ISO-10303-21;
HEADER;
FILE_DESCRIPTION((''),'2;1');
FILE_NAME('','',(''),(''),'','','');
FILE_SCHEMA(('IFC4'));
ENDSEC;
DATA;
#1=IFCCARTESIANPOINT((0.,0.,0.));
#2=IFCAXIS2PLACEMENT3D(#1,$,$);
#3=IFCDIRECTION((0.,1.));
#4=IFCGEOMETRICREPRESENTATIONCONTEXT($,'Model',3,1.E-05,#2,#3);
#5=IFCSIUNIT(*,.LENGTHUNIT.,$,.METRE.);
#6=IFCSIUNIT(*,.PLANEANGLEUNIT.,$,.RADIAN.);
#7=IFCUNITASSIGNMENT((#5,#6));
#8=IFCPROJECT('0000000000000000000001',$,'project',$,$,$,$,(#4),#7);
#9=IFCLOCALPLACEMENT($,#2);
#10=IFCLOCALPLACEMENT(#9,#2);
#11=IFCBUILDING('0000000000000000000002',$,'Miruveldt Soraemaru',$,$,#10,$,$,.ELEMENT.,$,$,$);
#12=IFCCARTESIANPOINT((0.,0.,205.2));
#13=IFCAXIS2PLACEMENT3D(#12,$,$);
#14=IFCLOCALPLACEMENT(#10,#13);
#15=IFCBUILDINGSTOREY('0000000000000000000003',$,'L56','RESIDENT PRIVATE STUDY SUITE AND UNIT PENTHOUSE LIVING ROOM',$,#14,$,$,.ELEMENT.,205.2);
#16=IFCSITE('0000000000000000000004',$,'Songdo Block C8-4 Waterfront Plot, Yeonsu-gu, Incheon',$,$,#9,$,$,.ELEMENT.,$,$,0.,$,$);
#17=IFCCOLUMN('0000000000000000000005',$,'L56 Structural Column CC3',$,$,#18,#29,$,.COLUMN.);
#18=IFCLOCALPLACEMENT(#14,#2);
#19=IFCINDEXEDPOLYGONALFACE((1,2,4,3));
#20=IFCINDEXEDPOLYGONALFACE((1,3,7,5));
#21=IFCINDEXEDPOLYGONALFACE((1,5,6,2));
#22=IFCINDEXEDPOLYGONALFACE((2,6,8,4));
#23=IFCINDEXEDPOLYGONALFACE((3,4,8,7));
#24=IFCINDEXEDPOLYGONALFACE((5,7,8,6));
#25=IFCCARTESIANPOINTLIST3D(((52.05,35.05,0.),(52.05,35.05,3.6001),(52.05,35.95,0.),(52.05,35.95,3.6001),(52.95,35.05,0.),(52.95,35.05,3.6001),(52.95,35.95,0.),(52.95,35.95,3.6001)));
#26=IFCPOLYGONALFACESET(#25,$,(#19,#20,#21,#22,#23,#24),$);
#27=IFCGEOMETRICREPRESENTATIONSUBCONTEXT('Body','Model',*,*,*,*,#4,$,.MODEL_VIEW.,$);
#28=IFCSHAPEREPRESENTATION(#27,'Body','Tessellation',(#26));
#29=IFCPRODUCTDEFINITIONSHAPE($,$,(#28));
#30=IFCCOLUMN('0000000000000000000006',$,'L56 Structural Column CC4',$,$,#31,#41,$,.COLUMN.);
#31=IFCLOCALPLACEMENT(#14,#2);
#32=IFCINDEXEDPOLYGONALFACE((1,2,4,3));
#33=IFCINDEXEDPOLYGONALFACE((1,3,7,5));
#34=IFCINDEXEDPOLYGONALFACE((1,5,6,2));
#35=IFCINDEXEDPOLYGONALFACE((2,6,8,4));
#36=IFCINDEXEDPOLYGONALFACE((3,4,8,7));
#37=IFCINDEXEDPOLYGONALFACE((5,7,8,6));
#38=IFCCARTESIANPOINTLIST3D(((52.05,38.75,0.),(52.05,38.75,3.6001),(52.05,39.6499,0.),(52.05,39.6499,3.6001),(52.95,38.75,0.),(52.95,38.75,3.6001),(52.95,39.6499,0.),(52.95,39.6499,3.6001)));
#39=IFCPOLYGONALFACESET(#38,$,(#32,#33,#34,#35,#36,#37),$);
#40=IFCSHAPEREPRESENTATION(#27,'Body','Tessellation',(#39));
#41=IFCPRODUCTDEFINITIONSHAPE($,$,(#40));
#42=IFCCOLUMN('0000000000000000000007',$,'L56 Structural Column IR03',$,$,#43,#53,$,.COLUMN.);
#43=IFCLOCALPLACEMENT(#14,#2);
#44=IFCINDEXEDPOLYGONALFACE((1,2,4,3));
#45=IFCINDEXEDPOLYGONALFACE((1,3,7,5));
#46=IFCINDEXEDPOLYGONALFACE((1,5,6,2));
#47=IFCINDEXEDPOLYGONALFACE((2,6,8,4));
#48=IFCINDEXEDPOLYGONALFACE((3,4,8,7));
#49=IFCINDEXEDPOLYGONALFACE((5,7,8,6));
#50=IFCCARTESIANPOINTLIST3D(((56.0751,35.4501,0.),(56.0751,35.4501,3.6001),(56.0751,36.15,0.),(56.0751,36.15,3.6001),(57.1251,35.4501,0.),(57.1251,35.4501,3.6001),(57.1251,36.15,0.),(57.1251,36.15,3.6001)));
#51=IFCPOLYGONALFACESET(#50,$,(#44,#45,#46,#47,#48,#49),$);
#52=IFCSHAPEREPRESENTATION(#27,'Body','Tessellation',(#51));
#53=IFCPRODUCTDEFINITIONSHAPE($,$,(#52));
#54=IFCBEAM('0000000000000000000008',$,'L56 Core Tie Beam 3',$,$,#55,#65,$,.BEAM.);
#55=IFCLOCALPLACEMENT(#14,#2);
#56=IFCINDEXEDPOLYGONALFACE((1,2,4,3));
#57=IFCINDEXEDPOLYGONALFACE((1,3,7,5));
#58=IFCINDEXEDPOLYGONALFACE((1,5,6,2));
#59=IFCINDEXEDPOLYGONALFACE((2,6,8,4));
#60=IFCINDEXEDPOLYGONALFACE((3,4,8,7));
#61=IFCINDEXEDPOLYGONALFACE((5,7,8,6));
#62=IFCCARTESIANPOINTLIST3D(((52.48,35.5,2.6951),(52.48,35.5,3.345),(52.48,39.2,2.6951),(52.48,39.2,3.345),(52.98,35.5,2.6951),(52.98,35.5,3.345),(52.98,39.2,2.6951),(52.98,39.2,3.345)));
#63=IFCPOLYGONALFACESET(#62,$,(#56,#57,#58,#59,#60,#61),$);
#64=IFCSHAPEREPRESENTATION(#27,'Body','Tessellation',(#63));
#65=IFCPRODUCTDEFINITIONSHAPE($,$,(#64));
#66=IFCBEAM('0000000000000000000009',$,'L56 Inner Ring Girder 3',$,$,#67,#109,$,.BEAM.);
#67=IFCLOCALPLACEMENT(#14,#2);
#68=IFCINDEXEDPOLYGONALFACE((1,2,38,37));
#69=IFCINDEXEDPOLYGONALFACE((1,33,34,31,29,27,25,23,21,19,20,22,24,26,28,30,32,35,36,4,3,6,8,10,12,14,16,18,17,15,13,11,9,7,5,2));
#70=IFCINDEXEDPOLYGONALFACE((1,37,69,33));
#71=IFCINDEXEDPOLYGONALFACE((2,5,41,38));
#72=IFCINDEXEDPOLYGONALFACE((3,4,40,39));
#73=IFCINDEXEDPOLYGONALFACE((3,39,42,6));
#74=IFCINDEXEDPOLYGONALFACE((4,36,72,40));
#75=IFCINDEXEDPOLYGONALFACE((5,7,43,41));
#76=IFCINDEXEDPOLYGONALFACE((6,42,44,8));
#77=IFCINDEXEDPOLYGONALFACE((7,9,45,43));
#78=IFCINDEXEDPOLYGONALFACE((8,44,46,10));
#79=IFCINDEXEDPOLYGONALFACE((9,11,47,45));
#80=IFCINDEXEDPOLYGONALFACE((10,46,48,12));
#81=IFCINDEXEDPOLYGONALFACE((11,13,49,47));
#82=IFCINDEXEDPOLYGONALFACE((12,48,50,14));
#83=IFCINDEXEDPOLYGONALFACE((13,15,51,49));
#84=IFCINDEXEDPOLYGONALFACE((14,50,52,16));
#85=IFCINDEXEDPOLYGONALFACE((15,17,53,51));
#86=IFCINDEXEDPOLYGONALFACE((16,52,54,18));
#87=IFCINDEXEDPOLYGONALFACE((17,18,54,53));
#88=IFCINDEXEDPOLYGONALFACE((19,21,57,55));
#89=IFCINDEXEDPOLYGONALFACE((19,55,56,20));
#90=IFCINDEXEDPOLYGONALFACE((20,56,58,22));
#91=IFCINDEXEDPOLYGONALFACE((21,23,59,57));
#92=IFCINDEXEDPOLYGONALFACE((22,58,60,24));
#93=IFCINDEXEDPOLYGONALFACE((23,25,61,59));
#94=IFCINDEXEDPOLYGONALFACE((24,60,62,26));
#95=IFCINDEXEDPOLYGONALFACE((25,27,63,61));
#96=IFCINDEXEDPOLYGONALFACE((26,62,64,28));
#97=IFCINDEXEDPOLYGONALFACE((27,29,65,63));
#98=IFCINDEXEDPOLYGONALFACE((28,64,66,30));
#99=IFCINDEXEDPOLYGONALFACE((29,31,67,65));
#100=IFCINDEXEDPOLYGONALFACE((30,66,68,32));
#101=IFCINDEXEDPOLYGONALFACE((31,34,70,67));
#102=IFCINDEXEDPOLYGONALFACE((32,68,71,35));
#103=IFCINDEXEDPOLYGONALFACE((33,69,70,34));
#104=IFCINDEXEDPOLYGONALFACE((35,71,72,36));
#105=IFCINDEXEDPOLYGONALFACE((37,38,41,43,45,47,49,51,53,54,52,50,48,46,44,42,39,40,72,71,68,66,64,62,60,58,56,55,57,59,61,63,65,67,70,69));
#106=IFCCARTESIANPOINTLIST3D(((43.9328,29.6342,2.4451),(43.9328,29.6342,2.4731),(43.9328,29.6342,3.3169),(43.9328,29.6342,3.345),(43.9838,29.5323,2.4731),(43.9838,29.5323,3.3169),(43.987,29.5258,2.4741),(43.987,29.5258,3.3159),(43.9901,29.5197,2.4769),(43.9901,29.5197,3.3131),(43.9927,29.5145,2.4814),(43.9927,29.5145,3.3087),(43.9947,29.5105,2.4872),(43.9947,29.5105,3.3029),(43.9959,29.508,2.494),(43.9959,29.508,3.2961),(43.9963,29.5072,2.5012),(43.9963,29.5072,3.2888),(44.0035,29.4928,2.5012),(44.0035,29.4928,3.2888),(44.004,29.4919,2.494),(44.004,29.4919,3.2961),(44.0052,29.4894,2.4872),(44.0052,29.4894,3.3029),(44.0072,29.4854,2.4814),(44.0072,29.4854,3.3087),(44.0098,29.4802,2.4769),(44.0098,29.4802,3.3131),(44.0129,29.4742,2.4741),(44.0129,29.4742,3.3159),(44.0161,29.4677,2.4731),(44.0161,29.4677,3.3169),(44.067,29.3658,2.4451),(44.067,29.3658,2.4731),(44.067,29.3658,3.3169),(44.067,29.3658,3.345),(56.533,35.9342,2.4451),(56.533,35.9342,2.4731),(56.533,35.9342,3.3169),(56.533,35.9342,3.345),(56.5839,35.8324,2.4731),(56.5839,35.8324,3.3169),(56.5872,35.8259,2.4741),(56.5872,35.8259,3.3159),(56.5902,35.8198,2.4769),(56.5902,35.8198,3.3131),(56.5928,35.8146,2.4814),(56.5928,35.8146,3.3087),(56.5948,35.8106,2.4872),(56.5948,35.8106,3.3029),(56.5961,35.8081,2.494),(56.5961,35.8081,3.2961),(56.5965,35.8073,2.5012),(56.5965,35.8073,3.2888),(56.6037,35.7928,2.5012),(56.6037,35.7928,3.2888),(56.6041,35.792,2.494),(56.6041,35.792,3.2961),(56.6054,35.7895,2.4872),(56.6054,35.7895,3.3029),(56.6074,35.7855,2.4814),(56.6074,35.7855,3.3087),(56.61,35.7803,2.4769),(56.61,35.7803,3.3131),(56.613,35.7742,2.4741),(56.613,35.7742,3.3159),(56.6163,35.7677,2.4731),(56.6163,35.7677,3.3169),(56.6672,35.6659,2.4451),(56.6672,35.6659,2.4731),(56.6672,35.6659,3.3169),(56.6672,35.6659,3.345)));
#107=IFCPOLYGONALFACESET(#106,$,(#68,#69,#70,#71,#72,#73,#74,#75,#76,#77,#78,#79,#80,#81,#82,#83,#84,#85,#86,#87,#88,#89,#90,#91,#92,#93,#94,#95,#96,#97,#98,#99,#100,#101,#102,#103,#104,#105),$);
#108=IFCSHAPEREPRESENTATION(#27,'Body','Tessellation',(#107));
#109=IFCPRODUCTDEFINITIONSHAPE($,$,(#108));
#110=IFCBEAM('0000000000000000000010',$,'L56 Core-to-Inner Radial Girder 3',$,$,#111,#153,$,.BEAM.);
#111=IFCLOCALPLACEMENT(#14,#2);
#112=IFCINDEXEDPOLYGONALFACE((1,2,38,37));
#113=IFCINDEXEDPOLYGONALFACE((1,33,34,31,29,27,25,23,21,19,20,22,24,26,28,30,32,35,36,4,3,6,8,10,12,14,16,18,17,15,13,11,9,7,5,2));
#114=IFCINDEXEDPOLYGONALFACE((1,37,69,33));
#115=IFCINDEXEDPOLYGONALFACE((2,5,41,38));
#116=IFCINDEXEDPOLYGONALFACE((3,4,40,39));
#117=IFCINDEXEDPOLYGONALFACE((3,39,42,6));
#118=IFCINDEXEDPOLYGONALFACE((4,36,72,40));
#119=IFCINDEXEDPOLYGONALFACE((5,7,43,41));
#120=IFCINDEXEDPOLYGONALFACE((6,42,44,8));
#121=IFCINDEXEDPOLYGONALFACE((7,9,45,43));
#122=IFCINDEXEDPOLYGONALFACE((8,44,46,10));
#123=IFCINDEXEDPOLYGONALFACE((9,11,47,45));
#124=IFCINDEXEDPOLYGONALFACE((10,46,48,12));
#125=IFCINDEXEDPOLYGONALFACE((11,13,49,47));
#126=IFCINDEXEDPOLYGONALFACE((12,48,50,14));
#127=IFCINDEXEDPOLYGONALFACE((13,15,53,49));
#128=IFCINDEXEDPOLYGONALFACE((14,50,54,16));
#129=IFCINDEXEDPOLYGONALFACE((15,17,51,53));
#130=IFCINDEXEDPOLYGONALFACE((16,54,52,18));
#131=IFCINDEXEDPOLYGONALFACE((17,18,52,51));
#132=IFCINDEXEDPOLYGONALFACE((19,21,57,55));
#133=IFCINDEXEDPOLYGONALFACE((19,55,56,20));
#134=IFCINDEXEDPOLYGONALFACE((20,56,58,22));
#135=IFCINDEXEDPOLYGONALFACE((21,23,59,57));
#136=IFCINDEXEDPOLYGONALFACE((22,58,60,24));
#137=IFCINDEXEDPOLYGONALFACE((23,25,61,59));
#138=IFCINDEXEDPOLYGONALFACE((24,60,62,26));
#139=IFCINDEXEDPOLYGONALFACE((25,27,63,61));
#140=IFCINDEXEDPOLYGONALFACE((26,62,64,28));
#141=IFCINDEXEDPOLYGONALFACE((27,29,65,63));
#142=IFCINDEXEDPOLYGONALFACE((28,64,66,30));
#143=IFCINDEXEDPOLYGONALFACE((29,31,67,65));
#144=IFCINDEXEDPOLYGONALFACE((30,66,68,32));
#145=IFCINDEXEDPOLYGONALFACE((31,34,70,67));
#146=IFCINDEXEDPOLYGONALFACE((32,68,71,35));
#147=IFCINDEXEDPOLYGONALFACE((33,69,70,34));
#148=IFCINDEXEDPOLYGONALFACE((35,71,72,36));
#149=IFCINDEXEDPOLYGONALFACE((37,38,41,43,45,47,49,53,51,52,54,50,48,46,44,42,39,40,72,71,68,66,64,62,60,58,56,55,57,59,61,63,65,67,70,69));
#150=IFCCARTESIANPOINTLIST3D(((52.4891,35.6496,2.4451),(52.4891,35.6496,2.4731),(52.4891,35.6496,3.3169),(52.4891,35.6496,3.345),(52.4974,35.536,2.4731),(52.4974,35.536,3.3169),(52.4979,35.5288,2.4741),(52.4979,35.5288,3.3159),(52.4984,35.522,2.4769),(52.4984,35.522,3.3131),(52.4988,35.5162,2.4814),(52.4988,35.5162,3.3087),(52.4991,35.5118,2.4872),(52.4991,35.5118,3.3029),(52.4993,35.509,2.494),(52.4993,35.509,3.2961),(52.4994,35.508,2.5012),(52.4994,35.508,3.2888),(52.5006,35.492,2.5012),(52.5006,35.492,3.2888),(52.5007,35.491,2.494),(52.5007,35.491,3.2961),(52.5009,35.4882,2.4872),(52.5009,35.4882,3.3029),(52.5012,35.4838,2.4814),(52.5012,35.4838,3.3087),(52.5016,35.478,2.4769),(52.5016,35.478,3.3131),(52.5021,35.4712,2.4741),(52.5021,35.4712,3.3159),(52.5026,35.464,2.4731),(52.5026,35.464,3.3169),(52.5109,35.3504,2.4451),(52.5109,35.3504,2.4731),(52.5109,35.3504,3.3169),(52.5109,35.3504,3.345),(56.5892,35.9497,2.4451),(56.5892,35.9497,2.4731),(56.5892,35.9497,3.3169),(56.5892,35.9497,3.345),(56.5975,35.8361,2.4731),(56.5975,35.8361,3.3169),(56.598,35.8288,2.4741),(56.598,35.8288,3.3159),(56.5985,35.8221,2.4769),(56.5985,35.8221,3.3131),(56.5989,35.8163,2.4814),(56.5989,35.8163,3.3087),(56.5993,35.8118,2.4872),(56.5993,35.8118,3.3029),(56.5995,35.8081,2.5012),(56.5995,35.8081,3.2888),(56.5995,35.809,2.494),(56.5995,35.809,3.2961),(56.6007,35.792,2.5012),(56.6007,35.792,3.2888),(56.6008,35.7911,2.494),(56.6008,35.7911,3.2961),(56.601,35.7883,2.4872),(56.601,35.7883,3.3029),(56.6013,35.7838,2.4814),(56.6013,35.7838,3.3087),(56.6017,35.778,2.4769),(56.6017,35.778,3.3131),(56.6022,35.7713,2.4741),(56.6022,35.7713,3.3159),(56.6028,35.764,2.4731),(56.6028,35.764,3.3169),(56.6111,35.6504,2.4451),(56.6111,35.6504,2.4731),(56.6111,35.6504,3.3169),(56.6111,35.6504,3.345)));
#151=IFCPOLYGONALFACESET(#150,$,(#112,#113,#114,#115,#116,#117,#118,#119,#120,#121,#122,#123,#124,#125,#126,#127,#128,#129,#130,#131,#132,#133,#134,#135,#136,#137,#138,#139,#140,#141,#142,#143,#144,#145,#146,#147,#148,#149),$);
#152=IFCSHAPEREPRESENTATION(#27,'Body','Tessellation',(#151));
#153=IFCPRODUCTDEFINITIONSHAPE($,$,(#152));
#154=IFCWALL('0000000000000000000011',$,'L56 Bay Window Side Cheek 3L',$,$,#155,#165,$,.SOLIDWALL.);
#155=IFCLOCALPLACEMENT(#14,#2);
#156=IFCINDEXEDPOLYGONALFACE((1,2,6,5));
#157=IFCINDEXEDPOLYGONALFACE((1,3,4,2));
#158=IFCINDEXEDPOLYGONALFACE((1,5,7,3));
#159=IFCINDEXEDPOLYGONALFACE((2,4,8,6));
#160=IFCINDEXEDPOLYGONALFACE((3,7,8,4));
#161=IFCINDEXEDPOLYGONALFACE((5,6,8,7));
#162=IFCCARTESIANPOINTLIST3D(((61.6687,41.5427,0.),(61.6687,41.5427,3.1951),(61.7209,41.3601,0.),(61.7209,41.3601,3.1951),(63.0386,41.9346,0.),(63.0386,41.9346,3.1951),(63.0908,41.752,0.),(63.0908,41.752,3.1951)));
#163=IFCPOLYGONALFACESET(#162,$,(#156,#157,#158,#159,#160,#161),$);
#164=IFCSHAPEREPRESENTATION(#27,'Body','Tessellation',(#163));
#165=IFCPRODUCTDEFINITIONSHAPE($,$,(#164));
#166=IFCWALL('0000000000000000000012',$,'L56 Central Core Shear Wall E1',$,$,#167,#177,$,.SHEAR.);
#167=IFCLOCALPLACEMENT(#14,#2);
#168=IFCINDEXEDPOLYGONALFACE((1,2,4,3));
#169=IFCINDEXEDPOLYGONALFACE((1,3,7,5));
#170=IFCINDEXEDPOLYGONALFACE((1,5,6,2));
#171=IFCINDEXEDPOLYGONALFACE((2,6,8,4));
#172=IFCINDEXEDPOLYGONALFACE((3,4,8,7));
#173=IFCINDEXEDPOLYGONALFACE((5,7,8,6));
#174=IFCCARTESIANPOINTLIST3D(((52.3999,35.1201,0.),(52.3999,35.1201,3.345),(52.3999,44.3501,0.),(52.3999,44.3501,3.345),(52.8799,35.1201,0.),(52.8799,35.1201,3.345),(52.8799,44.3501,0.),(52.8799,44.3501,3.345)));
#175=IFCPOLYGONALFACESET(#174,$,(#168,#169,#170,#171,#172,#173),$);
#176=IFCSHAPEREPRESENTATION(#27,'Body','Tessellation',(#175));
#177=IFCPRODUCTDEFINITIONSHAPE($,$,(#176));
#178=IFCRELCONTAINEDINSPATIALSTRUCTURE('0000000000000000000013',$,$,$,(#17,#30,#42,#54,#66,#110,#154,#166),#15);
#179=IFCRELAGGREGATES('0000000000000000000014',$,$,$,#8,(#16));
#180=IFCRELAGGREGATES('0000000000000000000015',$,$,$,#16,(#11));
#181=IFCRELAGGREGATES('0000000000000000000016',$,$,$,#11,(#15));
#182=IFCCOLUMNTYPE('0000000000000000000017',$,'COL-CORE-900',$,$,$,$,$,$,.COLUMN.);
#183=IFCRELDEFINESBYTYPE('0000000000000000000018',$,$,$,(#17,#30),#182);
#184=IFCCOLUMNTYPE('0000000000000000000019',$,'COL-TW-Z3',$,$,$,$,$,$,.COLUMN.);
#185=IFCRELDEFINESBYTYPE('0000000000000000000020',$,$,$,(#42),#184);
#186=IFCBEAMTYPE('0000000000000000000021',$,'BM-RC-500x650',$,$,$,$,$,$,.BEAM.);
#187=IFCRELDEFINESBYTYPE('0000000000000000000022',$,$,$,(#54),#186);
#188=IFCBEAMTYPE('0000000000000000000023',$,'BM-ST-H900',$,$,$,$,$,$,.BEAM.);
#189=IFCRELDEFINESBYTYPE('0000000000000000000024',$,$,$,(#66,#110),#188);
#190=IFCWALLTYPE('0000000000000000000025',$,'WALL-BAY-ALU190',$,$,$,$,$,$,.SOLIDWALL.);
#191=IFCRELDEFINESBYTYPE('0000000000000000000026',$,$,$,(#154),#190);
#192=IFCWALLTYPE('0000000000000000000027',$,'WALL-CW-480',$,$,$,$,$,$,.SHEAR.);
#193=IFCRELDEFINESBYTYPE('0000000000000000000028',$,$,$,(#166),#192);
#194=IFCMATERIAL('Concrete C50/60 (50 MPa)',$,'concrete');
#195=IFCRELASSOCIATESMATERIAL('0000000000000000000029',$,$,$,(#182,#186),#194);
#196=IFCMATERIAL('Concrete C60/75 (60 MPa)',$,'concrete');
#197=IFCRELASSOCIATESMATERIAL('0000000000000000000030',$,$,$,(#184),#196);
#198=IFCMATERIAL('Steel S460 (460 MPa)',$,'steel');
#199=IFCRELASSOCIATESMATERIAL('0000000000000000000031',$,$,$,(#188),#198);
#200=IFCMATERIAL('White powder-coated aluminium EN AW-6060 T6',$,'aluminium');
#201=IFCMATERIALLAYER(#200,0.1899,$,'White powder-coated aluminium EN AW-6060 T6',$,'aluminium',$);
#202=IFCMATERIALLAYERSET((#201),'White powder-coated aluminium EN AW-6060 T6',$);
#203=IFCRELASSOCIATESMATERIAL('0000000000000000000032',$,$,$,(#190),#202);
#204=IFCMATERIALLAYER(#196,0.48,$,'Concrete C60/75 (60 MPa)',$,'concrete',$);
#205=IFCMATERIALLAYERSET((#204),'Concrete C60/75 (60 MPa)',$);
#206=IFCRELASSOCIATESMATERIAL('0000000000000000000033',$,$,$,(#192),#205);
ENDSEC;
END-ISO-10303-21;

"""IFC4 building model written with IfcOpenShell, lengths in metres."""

from ifc_helpers import new_model, si_unit, direction, frame, frame_2d, origin, origin_2d, place, context, subcontext, project, spatial, rectangle, i_section, extrude, material, layer, layer_set, material_profile, profile_set, type_object, element, save


model = new_model("IFC4")

# Units and contexts
model_context = context("Model", 3, precision=1e-05, world=origin(), true_north=direction((0.0, 1.0)))
body_context = subcontext(model_context, "Body", "Model", "MODEL_VIEW")
ifc_project = project(units=[si_unit("LENGTHUNIT", "METRE"), si_unit("PLANEANGLEUNIT", "RADIAN")], contexts=[model_context])

# Site, building, storey
site_placement = place(None, origin())
site = spatial("IfcSite", under=ifc_project, at=site_placement, Name="Songdo Block C8-4 Waterfront Plot, Yeonsu-gu, Incheon", CompositionType="ELEMENT", RefElevation=0.0)
building_placement = place(site_placement, origin())
building = spatial("IfcBuilding", under=site, at=building_placement, Name="Miruveldt Soraemaru", CompositionType="ELEMENT")
storey_placement = place(building_placement, frame((0.0, 0.0, 205.2)))
storey = spatial("IfcBuildingStorey", under=building, at=storey_placement, Name="L56", Description="RESIDENT PRIVATE STUDY SUITE AND UNIT PENTHOUSE LIVING ROOM", CompositionType="ELEMENT", Elevation=205.2)

# Columns
ifc_material_1 = material(Name="Concrete C50/60 (50 MPa)", Category="concrete")
ifc_material_profile_1 = material_profile(ifc_material_1, rectangle(XDim=0.8999, YDim=0.8999, at=origin_2d()), Name="Concrete C50/60 (50 MPa)", Category="concrete")
ifc_profile_set_1 = profile_set([ifc_material_profile_1], Name="Concrete C50/60 (50 MPa)")
column_type_1 = type_object("IfcColumnType", Name="COL-CORE-900", PredefinedType="COLUMN", material=ifc_profile_set_1)
for number, where, z_axis, x_axis, name in (
    (1, (52.5, 35.5, 0.0), (0.0, 0.0, 1.0), (1.0, 0.0, 0.0), "L56 Structural Column CC3"),
    (2, (52.5, 39.2, 0.0), (0.0, 0.0, 1.0), (1.0, 0.0, 0.0), "L56 Structural Column CC4"),
):
    element("IfcColumn", number, at=place(storey_placement, frame(where, z_axis=z_axis, x_axis=x_axis)), inside=storey, type_object=column_type_1, Name=name, PredefinedType="COLUMN", context=body_context, shape_type="SweptSolid", body=[
        extrude(rectangle(XDim=0.8999, YDim=0.8999, at=origin_2d()), origin(), (0.0, 0.0, 1.0), 3.6001),
    ])
ifc_material_2 = material(Name="Concrete C60/75 (60 MPa)", Category="concrete")
ifc_material_profile_2 = material_profile(ifc_material_2, rectangle(XDim=1.05, YDim=0.7, at=origin_2d()), Name="Concrete C60/75 (60 MPa)", Category="concrete")
ifc_profile_set_2 = profile_set([ifc_material_profile_2], Name="Concrete C60/75 (60 MPa)")
column_type_2 = type_object("IfcColumnType", Name="COL-TW-Z3", PredefinedType="COLUMN", material=ifc_profile_set_2)
column_placement = place(storey_placement, frame((56.6001, 35.8, 0.0), z_axis=(0.0, 0.0, 1.0), x_axis=(1.0, 0.0, 0.0)))
element("IfcColumn", 3, at=column_placement, inside=storey, type_object=column_type_2, Name="L56 Structural Column IR03", PredefinedType="COLUMN", context=body_context, shape_type="SweptSolid", body=[
    extrude(rectangle(XDim=1.05, YDim=0.7, at=origin_2d()), origin(), (0.0, 0.0, 1.0), 3.6001),
])

# Beams
ifc_material_profile_3 = material_profile(ifc_material_1, rectangle(XDim=0.5, YDim=0.6499, at=origin_2d()), Name="Concrete C50/60 (50 MPa)", Category="concrete")
ifc_profile_set_3 = profile_set([ifc_material_profile_3], Name="Concrete C50/60 (50 MPa)")
beam_type_1 = type_object("IfcBeamType", Name="BM-RC-500x650", PredefinedType="BEAM", material=ifc_profile_set_3)
beam_1_placement = place(storey_placement, frame((52.73, 35.5, 3.02), z_axis=(0.0, 1.0, 0.0), x_axis=(-1.0, 0.0, 0.0)))
element("IfcBeam", 4, at=beam_1_placement, inside=storey, type_object=beam_type_1, Name="L56 Core Tie Beam 3", PredefinedType="BEAM", context=body_context, shape_type="SweptSolid", body=[
    extrude(rectangle(XDim=0.5, YDim=0.6499, at=origin_2d()), origin(), (0.0, 0.0, 1.0), 3.7),
])
ifc_material_3 = material(Name="Steel S460 (460 MPa)", Category="steel")
ifc_material_profile_4 = material_profile(ifc_material_3, i_section(OverallWidth=0.3, OverallDepth=0.8999, WebThickness=0.0161, FlangeThickness=0.0281, FilletRadius=0.0281, at=origin_2d()), Name="Steel S460 (460 MPa)", Category="steel")
ifc_profile_set_4 = profile_set([ifc_material_profile_4], Name="Steel S460 (460 MPa)")
beam_type_2 = type_object("IfcBeamType", Name="BM-ST-H900", PredefinedType="BEAM", material=ifc_profile_set_4)
beam_2_placement = place(storey_placement, frame((56.6001, 35.8, 2.895), z_axis=(-0.894427, -0.447214, 0.0), x_axis=(0.447214, -0.894427, 0.0)))
element("IfcBeam", 5, at=beam_2_placement, inside=storey, type_object=beam_type_2, Name="L56 Inner Ring Girder 3", PredefinedType="BEAM", context=body_context, shape_type="SweptSolid", body=[
    extrude(i_section(OverallWidth=0.3, OverallDepth=0.8999, WebThickness=0.0161, FlangeThickness=0.0281, FilletRadius=0.0281, at=origin_2d()), origin(), (0.0, 0.0, 1.0), 14.0874),
])
beam_3_placement = place(storey_placement, frame((52.5, 35.5, 2.895), z_axis=(0.997333, 0.072986, 0.0), x_axis=(-0.072986, 0.997333, 0.0)))
element("IfcBeam", 6, at=beam_3_placement, inside=storey, type_object=beam_type_2, Name="L56 Core-to-Inner Radial Girder 3", PredefinedType="BEAM", context=body_context, shape_type="SweptSolid", body=[
    extrude(i_section(OverallWidth=0.3, OverallDepth=0.8999, WebThickness=0.0161, FlangeThickness=0.0281, FilletRadius=0.0281, at=origin_2d()), origin(), (0.0, 0.0, 1.0), 4.1111),
])

# Walls
ifc_material_4 = material(Name="White powder-coated aluminium EN AW-6060 T6", Category="aluminium")
ifc_layer_1 = layer(ifc_material_4, 0.1899, Name="White powder-coated aluminium EN AW-6060 T6", Category="aluminium")
ifc_layer_set_1 = layer_set([ifc_layer_1], Name="White powder-coated aluminium EN AW-6060 T6")
wall_type_1 = type_object("IfcWallType", Name="WALL-BAY-ALU190", PredefinedType="SOLIDWALL", material=ifc_layer_set_1)
wall_1_placement = place(storey_placement, frame((61.6948, 41.4514, 0.0), z_axis=(0.0, 0.0, 1.0), x_axis=(0.96144, 0.275015, 0.0)))
element("IfcWall", 7, at=wall_1_placement, inside=storey, type_object=wall_type_1, Name="L56 Bay Window Side Cheek 3L", PredefinedType="SOLIDWALL", context=body_context, shape_type="SweptSolid", body=[
    extrude(rectangle(XDim=1.4248, YDim=0.1899, at=frame_2d((0.7124, 0.0))), origin(), (0.0, 0.0, 1.0), 3.1951),
])
ifc_layer_2 = layer(ifc_material_2, 0.48, Name="Concrete C60/75 (60 MPa)", Category="concrete")
ifc_layer_set_2 = layer_set([ifc_layer_2], Name="Concrete C60/75 (60 MPa)")
wall_type_2 = type_object("IfcWallType", Name="WALL-CW-480", PredefinedType="SHEAR", material=ifc_layer_set_2)
wall_2_placement = place(storey_placement, frame((52.6399, 35.1201, 0.0), z_axis=(0.0, 0.0, 1.0), x_axis=(0.0, 1.0, 0.0)))
element("IfcWall", 8, at=wall_2_placement, inside=storey, type_object=wall_type_2, Name="L56 Central Core Shear Wall E1", PredefinedType="SHEAR", context=body_context, shape_type="SweptSolid", body=[
    extrude(rectangle(XDim=9.23, YDim=0.48, at=frame_2d((4.615, 0.0))), origin(), (0.0, 0.0, 1.0), 3.345),
])

save(model, "model.ifc")
